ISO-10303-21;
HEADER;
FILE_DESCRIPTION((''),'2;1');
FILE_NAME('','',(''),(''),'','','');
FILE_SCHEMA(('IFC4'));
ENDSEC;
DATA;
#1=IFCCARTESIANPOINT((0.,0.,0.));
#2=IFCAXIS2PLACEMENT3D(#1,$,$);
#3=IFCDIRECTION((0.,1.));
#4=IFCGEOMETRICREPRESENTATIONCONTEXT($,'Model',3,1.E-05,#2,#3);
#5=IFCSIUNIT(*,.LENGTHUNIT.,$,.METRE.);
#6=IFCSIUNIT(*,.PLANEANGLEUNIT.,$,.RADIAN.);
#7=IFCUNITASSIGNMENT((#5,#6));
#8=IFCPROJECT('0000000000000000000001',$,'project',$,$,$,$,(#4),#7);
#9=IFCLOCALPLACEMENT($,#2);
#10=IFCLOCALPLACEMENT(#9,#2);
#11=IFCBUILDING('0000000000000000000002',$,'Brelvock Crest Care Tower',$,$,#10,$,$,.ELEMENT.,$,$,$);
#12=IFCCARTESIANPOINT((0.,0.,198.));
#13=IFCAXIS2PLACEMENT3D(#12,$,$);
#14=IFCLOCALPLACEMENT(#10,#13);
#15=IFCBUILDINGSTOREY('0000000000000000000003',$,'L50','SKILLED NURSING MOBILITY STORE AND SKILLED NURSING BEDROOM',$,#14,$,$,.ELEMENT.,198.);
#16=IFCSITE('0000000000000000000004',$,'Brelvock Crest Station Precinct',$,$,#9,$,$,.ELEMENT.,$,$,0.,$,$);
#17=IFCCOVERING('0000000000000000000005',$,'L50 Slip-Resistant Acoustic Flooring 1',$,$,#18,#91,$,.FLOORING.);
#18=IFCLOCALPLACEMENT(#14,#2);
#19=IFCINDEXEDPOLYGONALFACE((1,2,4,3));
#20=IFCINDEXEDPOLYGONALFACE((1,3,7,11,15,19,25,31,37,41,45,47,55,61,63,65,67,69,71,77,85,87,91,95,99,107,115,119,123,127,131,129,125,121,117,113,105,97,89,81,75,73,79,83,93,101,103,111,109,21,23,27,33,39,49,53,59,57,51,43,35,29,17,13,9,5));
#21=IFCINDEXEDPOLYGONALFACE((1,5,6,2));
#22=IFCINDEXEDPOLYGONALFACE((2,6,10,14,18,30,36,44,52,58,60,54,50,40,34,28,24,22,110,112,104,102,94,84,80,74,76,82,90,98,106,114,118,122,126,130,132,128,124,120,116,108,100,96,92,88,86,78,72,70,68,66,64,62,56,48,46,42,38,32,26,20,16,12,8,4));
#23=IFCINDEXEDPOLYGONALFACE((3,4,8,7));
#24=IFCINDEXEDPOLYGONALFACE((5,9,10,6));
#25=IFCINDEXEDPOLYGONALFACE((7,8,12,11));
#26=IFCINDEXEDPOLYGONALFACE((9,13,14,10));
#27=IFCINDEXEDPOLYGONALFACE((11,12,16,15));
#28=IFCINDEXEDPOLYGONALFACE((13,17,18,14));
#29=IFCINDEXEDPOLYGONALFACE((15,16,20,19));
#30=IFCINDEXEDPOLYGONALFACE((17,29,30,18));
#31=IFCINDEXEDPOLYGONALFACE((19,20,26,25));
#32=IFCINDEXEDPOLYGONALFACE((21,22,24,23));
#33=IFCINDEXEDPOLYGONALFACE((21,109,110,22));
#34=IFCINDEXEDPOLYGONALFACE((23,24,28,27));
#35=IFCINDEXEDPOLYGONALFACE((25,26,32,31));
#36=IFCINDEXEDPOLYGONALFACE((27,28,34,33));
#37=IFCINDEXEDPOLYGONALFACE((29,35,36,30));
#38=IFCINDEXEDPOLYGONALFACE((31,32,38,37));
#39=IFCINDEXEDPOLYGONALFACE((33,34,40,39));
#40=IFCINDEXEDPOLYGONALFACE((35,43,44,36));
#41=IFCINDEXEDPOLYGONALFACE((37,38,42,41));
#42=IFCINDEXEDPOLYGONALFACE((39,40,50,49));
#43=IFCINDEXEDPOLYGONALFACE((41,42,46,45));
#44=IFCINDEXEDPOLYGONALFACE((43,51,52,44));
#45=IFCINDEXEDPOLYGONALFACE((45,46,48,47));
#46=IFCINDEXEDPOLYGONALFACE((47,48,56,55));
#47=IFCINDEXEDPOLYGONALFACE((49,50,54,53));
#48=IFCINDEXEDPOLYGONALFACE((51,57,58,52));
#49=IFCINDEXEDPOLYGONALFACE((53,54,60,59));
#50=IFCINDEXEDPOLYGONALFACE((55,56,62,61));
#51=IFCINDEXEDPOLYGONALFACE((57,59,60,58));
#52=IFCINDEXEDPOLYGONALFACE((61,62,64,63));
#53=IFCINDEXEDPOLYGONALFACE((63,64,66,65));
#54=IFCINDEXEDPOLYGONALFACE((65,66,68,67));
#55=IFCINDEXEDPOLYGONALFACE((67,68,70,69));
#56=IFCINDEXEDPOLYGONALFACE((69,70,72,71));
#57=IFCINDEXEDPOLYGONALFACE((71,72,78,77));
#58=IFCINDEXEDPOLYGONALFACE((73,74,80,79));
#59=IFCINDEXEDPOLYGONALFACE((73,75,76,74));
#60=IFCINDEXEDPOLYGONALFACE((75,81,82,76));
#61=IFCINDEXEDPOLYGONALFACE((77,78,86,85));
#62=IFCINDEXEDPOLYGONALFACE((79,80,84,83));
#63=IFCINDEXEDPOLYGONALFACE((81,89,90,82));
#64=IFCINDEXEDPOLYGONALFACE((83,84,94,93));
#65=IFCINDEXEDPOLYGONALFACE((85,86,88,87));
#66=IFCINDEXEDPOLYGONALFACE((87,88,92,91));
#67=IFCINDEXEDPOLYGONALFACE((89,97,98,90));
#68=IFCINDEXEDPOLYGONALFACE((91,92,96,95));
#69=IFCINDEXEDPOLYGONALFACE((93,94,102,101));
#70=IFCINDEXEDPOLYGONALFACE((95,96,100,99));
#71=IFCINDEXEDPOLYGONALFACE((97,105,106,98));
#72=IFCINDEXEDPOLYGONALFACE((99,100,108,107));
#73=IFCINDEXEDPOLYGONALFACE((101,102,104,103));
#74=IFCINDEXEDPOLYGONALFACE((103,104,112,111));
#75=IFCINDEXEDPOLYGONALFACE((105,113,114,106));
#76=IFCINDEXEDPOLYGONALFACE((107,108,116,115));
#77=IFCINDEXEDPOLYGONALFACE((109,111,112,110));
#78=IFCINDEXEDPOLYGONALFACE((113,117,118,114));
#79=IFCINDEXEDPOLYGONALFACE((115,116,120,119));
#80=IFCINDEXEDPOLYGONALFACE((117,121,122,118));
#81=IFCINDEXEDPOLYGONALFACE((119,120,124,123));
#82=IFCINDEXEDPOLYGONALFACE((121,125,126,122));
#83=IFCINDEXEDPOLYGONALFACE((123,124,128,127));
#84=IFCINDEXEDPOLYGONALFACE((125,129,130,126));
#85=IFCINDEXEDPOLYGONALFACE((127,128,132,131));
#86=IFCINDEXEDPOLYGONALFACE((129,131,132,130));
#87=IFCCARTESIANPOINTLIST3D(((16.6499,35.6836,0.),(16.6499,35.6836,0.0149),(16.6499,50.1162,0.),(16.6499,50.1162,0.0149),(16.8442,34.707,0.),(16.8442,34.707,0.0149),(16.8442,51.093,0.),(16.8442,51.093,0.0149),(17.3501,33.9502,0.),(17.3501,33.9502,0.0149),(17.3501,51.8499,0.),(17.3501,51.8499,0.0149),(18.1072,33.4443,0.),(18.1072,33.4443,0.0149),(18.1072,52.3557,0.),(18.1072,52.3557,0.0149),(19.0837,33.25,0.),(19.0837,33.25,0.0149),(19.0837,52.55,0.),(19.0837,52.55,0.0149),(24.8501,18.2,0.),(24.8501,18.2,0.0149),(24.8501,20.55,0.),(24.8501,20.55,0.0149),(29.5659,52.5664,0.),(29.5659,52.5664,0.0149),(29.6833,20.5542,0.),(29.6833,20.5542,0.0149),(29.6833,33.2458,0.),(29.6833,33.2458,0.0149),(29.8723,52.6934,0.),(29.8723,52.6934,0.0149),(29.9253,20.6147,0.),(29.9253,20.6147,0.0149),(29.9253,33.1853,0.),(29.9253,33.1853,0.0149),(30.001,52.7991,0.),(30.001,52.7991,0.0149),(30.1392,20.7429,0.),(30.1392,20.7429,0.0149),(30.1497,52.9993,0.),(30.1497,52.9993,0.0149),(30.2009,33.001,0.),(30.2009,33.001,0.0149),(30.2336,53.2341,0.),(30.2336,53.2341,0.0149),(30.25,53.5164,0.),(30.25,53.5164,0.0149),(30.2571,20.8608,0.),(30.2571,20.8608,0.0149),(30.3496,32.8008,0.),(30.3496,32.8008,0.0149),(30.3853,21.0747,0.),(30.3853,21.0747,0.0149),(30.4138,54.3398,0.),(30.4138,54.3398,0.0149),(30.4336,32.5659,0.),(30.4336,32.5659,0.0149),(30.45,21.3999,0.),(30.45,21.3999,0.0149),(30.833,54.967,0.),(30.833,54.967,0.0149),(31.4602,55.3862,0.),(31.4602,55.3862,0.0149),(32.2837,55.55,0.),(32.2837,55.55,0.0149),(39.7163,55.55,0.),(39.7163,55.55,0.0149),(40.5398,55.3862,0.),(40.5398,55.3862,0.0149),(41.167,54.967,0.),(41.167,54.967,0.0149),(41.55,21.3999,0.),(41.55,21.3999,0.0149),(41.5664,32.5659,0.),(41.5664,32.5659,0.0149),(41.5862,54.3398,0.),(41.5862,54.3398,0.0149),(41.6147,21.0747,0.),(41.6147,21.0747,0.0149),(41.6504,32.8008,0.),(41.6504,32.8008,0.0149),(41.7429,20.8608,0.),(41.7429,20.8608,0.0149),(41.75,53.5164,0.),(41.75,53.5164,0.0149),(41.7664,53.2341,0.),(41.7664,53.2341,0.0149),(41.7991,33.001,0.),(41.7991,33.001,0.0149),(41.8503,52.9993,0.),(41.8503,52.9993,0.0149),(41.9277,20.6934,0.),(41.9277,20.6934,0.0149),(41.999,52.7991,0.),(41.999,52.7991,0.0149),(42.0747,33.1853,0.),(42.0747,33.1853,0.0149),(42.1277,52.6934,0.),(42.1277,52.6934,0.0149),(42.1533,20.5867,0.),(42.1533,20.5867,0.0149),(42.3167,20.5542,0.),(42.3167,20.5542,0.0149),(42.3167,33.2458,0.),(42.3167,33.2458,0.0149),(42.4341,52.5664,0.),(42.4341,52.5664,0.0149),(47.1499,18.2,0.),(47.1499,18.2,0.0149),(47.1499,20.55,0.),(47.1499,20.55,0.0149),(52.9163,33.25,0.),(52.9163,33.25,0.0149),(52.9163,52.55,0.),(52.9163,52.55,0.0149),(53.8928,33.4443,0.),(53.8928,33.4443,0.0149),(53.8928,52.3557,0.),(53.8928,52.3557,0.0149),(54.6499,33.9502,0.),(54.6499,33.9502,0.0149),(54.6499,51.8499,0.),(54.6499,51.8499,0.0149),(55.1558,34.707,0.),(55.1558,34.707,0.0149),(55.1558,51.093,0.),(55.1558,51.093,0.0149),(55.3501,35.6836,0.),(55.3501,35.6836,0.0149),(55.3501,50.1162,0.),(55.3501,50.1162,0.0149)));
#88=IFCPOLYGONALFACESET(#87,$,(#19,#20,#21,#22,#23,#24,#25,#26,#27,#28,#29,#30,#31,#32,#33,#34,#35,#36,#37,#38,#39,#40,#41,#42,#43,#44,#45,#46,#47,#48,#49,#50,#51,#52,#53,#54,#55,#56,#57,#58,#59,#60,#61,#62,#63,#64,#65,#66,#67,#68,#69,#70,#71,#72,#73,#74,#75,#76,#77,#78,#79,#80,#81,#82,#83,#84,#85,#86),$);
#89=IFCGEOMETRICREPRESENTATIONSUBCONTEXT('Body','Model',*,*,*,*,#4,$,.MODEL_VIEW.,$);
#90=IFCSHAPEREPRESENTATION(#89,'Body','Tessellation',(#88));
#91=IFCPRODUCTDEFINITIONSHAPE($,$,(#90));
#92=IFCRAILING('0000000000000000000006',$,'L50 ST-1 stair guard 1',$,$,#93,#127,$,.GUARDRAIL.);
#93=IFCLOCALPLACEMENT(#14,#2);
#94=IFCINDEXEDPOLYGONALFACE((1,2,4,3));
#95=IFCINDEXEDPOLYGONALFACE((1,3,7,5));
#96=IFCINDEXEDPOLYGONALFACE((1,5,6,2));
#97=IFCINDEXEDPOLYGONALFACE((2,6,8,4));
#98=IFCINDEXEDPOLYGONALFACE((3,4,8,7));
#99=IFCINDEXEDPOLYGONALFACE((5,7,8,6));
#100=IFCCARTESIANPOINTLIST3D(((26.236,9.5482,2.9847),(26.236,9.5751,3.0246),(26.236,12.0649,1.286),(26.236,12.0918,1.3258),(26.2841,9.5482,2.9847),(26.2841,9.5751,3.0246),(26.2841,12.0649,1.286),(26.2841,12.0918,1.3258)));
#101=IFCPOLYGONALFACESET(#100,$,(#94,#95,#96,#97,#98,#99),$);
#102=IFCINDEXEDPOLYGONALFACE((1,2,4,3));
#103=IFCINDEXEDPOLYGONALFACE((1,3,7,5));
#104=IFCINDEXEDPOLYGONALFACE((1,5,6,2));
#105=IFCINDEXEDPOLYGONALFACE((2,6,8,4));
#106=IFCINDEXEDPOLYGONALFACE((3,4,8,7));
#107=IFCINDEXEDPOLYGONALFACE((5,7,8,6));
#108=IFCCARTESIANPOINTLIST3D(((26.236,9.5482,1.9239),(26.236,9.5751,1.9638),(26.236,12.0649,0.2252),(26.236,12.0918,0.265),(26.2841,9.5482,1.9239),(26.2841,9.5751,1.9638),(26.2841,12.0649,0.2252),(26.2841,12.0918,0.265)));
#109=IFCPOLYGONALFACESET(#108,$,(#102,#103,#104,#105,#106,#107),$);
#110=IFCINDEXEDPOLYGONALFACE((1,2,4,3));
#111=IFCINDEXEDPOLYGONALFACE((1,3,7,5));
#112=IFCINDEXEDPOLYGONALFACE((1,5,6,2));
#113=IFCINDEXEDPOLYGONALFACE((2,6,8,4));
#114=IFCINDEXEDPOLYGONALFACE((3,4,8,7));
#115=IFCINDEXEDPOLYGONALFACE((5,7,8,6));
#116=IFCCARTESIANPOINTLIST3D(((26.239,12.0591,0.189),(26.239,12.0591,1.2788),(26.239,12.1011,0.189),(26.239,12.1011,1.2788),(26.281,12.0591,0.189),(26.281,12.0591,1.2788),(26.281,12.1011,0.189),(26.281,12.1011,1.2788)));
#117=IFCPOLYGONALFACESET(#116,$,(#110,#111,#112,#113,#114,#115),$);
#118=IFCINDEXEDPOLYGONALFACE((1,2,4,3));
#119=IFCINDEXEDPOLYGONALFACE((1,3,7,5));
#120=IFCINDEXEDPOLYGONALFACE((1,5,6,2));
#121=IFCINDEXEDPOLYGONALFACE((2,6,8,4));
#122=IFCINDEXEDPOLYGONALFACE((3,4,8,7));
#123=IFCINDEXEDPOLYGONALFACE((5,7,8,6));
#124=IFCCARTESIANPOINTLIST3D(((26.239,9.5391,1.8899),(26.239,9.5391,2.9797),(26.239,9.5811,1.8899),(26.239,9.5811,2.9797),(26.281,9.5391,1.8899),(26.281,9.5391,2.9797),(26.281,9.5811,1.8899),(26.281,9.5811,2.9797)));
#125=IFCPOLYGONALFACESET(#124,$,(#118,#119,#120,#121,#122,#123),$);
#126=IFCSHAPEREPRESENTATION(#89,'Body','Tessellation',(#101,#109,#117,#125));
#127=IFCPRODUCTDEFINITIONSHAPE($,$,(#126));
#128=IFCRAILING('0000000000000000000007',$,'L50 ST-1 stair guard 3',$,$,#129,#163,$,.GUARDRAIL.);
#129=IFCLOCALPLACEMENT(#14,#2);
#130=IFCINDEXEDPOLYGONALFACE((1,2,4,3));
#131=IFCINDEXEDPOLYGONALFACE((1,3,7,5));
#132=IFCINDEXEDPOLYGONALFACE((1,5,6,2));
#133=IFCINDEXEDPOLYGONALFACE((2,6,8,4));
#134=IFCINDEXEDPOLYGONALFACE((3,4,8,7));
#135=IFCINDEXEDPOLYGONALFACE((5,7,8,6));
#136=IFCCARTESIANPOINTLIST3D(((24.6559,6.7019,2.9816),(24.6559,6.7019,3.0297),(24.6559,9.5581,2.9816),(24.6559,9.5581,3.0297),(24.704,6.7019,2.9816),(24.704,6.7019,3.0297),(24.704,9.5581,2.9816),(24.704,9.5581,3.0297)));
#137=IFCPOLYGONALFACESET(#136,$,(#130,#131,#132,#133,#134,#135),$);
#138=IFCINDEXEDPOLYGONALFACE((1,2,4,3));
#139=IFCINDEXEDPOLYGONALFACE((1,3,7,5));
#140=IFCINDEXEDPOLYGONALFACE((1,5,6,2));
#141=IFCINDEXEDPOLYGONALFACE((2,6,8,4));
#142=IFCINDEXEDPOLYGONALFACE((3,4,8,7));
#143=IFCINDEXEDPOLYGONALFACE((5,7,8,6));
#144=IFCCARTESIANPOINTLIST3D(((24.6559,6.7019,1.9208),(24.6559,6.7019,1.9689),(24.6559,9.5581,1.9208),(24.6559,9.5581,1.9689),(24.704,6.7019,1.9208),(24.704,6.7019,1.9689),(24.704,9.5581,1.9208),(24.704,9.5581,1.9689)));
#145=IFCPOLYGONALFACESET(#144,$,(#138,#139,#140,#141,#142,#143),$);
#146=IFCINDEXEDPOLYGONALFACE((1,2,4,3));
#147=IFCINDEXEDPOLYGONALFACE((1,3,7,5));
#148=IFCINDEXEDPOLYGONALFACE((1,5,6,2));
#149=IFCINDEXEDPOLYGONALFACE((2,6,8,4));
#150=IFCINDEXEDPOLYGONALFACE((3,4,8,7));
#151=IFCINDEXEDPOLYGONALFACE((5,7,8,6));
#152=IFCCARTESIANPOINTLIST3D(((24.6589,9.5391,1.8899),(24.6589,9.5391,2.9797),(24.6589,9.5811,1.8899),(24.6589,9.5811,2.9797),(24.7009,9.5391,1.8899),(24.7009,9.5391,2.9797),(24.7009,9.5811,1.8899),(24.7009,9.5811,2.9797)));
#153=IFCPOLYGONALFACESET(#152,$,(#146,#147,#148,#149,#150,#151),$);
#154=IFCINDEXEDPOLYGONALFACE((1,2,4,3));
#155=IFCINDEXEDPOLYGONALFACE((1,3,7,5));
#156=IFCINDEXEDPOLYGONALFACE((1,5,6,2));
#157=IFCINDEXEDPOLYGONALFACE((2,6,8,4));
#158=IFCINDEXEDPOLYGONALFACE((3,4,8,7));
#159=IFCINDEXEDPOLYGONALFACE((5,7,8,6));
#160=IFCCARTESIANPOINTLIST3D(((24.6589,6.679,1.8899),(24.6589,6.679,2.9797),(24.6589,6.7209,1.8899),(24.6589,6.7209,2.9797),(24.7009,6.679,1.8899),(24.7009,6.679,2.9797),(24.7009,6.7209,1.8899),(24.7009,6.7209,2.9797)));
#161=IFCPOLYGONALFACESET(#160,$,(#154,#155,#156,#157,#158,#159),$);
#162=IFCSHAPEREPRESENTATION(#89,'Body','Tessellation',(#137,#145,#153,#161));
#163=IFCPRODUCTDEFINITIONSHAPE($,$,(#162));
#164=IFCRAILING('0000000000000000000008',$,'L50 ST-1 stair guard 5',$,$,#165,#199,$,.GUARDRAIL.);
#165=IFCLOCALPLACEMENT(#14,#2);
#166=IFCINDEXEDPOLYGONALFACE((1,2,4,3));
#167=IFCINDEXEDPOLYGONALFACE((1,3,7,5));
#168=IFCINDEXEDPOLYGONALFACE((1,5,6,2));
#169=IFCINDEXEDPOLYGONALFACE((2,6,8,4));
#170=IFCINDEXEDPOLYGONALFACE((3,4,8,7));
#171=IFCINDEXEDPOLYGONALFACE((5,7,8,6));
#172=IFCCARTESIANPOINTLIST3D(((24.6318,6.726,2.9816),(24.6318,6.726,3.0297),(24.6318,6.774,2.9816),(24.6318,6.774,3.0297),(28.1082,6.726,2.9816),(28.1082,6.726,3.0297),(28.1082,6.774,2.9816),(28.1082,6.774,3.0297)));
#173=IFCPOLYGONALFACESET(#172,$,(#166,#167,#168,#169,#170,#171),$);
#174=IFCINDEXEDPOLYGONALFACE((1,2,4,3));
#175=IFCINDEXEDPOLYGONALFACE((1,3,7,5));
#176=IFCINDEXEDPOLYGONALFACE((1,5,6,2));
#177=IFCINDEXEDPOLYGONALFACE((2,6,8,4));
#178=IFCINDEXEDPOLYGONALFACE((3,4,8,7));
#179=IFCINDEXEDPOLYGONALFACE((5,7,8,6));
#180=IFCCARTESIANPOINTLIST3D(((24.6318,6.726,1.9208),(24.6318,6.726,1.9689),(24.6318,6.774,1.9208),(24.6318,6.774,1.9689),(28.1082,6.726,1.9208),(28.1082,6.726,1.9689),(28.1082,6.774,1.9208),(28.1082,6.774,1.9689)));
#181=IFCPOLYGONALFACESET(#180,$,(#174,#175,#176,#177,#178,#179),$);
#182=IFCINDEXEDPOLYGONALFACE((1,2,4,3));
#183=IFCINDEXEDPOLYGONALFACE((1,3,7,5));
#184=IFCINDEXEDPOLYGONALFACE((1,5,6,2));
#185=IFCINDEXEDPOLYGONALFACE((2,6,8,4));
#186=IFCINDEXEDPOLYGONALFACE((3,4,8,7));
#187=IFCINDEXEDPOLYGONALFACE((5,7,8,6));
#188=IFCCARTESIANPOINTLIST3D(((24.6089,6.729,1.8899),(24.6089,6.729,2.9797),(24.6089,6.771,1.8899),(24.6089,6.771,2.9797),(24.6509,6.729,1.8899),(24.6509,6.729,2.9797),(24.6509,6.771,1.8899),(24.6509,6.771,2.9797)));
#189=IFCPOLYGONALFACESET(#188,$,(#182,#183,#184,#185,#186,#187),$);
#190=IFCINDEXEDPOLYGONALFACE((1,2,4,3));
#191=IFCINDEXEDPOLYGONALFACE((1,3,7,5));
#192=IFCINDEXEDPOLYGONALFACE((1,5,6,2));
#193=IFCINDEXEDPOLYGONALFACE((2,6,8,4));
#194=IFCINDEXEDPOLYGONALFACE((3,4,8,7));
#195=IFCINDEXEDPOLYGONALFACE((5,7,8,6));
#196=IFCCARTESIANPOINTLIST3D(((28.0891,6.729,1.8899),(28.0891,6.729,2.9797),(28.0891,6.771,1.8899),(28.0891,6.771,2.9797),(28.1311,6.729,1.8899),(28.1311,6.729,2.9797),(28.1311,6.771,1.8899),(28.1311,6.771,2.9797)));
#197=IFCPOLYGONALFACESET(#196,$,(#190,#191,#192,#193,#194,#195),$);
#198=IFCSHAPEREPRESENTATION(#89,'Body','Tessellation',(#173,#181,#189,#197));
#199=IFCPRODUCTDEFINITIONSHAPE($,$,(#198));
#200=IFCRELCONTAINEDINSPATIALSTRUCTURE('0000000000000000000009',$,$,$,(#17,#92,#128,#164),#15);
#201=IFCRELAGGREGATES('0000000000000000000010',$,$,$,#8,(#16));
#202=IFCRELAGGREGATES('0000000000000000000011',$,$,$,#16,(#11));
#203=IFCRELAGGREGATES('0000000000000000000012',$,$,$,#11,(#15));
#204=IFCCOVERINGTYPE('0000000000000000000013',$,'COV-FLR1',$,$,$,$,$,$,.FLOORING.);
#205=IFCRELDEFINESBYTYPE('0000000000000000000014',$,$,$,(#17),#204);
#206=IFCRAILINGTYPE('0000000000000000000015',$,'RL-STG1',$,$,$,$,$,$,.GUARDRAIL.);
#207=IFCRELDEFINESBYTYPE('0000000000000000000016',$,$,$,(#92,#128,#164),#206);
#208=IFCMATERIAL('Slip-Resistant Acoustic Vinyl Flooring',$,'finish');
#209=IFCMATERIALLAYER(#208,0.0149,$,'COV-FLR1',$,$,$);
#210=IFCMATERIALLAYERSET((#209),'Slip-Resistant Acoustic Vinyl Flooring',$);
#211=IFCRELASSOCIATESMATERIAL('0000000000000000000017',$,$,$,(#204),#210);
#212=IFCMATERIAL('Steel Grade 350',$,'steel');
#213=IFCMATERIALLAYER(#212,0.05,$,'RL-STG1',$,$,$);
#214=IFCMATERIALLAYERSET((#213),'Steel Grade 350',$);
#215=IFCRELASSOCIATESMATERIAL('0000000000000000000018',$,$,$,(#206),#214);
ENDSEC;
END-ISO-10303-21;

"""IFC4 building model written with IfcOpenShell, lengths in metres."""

from ifc_helpers import new_model, si_unit, direction, frame, origin, origin_2d, place, context, subcontext, project, spatial, polyline, rectangle, outline, extrude, material, layer, layer_set, type_object, element, save


model = new_model("IFC4")

# Units and contexts
model_context = context("Model", 3, precision=1e-05, world=origin(), true_north=direction((0.0, 1.0)))
body_context = subcontext(model_context, "Body", "Model", "MODEL_VIEW")
ifc_project = project(units=[si_unit("LENGTHUNIT", "METRE"), si_unit("PLANEANGLEUNIT", "RADIAN")], contexts=[model_context])

# Site, building, storey
site_placement = place(None, origin())
site = spatial("IfcSite", under=ifc_project, at=site_placement, Name="Brelvock Crest Station Precinct", CompositionType="ELEMENT", RefElevation=0.0)
building_placement = place(site_placement, origin())
building = spatial("IfcBuilding", under=site, at=building_placement, Name="Brelvock Crest Care Tower", CompositionType="ELEMENT")
storey_placement = place(building_placement, frame((0.0, 0.0, 198.0)))
storey = spatial("IfcBuildingStorey", under=building, at=storey_placement, Name="L50", Description="SKILLED NURSING MOBILITY STORE AND SKILLED NURSING BEDROOM", CompositionType="ELEMENT", Elevation=198.0)

# Shared definitions
ifc_material_1 = material(Name="Steel Grade 350", Category="steel")

# Covering
ifc_material_2 = material(Name="Slip-Resistant Acoustic Vinyl Flooring", Category="finish")
ifc_layer_1 = layer(ifc_material_2, 0.0149, Name="COV-FLR1")
ifc_layer_set_1 = layer_set([ifc_layer_1], Name="Slip-Resistant Acoustic Vinyl Flooring")
covering_type_1 = type_object("IfcCoveringType", Name="COV-FLR1", PredefinedType="FLOORING", material=ifc_layer_set_1)
covering_1_placement = place(storey_placement, origin())
element("IfcCovering", 1, at=covering_1_placement, inside=storey, type_object=covering_type_1, Name="L50 Slip-Resistant Acoustic Flooring 1", PredefinedType="FLOORING", context=body_context, shape_type="SweptSolid", body=[
    extrude(outline(polyline([(24.8501, 18.2), (47.1499, 18.2), (47.1499, 20.55), (42.3167, 20.5542), (42.1533, 20.5867), (41.9277, 20.6934), (41.7429, 20.8608), (41.6147, 21.0747), (41.55, 21.3999), (41.5664, 32.5659), (41.6504, 32.8008), (41.7991, 33.001), (42.0747, 33.1853), (42.3167, 33.2458), (52.9163, 33.25), (53.8928, 33.4443), (54.6499, 33.9502), (55.1558, 34.707), (55.3501, 35.6836), (55.3501, 50.1162), (55.1558, 51.093), (54.6499, 51.8499), (53.8928, 52.3557), (52.9163, 52.55), (42.4341, 52.5664), (42.1277, 52.6934), (41.999, 52.7991), (41.8503, 52.9993), (41.7664, 53.2341), (41.75, 53.5164), (41.5862, 54.3398), (41.167, 54.967), (40.5398, 55.3862), (39.7163, 55.55), (32.2837, 55.55), (31.4602, 55.3862), (30.833, 54.967), (30.4138, 54.3398), (30.25, 53.5164), (30.2336, 53.2341), (30.1497, 52.9993), (30.001, 52.7991), (29.8723, 52.6934), (29.5659, 52.5664), (19.0837, 52.55), (18.1072, 52.3557), (17.3501, 51.8499), (16.8442, 51.093), (16.6499, 50.1162), (16.6499, 35.6836), (16.8442, 34.707), (17.3501, 33.9502), (18.1072, 33.4443), (19.0837, 33.25), (29.6833, 33.2458), (29.9253, 33.1853), (30.2009, 33.001), (30.3496, 32.8008), (30.4336, 32.5659), (30.45, 21.3999), (30.3853, 21.0747), (30.2571, 20.8608), (30.1392, 20.7429), (29.9253, 20.6147), (29.6833, 20.5542), (24.8501, 20.55), (24.8501, 18.2)])), origin(), (0.0, 0.0, 1.0), 0.0149),
])

# Railings
ifc_layer_2 = layer(ifc_material_1, 0.05, Name="RL-STG1")
ifc_layer_set_2 = layer_set([ifc_layer_2], Name="Steel Grade 350")
railing_type_1 = type_object("IfcRailingType", Name="RL-STG1", PredefinedType="GUARDRAIL", material=ifc_layer_set_2)
railing_1_placement = place(storey_placement, frame((26.26, 12.0801, 0.189)))
element("IfcRailing", 2, at=railing_1_placement, inside=storey, type_object=railing_type_1, Name="L50 ST-1 stair guard 1", PredefinedType="GUARDRAIL", context=body_context, shape_type="SweptSolid", body=[
    extrude(rectangle(XDim=0.0481, YDim=0.0481, at=origin_2d()), frame((0.0, -0.0017, 1.1169), z_axis=(0.0, -0.828862, 0.559454), x_axis=(1.0, 0.0, 0.0)), (0.0, 0.0, 1.0), 3.0364),
    extrude(rectangle(XDim=0.0481, YDim=0.0481, at=origin_2d()), frame((0.0, -0.0017, 0.0562), z_axis=(0.0, -0.828862, 0.559454), x_axis=(1.0, 0.0, 0.0)), (0.0, 0.0, 1.0), 3.0364),
    extrude(rectangle(XDim=0.042, YDim=0.042, at=origin_2d()), origin(), (0.0, 0.0, 1.0), 1.0898),
    extrude(rectangle(XDim=0.042, YDim=0.042, at=origin_2d()), frame((0.0, -2.52, 1.7009)), (0.0, 0.0, 1.0), 1.0898),
])
railing_2_placement = place(storey_placement, frame((24.6799, 9.5601, 1.8899)))
element("IfcRailing", 3, at=railing_2_placement, inside=storey, type_object=railing_type_1, Name="L50 ST-1 stair guard 3", PredefinedType="GUARDRAIL", context=body_context, shape_type="SweptSolid", body=[
    extrude(rectangle(XDim=0.0481, YDim=0.0481, at=origin_2d()), frame((0.0, -0.002, 1.1157), z_axis=(0.0, -1.0, 0.0), x_axis=(1.0, 0.0, 0.0)), (0.0, 0.0, 1.0), 2.8562),
    extrude(rectangle(XDim=0.0481, YDim=0.0481, at=origin_2d()), frame((0.0, -0.002, 0.0549), z_axis=(0.0, -1.0, 0.0), x_axis=(1.0, 0.0, 0.0)), (0.0, 0.0, 1.0), 2.8562),
    extrude(rectangle(XDim=0.042, YDim=0.042, at=origin_2d()), origin(), (0.0, 0.0, 1.0), 1.0898),
    extrude(rectangle(XDim=0.042, YDim=0.042, at=origin_2d()), frame((0.0, -2.8601, 0.0)), (0.0, 0.0, 1.0), 1.0898),
])
railing_3_placement = place(storey_placement, frame((24.6299, 6.75, 1.8899)))
element("IfcRailing", 4, at=railing_3_placement, inside=storey, type_object=railing_type_1, Name="L50 ST-1 stair guard 5", PredefinedType="GUARDRAIL", context=body_context, shape_type="SweptSolid", body=[
    extrude(rectangle(XDim=0.0481, YDim=0.0481, at=origin_2d()), frame((0.002, 0.0, 1.1157), z_axis=(1.0, 0.0, 0.0), x_axis=(0.0, 1.0, 0.0)), (0.0, 0.0, 1.0), 3.4763),
    extrude(rectangle(XDim=0.0481, YDim=0.0481, at=origin_2d()), frame((0.002, 0.0, 0.0549), z_axis=(1.0, 0.0, 0.0), x_axis=(0.0, 1.0, 0.0)), (0.0, 0.0, 1.0), 3.4763),
    extrude(rectangle(XDim=0.042, YDim=0.042, at=origin_2d()), origin(), (0.0, 0.0, 1.0), 1.0898),
    extrude(rectangle(XDim=0.042, YDim=0.042, at=origin_2d()), frame((3.4802, 0.0, 0.0)), (0.0, 0.0, 1.0), 1.0898),
])

save(model, "model.ifc")
